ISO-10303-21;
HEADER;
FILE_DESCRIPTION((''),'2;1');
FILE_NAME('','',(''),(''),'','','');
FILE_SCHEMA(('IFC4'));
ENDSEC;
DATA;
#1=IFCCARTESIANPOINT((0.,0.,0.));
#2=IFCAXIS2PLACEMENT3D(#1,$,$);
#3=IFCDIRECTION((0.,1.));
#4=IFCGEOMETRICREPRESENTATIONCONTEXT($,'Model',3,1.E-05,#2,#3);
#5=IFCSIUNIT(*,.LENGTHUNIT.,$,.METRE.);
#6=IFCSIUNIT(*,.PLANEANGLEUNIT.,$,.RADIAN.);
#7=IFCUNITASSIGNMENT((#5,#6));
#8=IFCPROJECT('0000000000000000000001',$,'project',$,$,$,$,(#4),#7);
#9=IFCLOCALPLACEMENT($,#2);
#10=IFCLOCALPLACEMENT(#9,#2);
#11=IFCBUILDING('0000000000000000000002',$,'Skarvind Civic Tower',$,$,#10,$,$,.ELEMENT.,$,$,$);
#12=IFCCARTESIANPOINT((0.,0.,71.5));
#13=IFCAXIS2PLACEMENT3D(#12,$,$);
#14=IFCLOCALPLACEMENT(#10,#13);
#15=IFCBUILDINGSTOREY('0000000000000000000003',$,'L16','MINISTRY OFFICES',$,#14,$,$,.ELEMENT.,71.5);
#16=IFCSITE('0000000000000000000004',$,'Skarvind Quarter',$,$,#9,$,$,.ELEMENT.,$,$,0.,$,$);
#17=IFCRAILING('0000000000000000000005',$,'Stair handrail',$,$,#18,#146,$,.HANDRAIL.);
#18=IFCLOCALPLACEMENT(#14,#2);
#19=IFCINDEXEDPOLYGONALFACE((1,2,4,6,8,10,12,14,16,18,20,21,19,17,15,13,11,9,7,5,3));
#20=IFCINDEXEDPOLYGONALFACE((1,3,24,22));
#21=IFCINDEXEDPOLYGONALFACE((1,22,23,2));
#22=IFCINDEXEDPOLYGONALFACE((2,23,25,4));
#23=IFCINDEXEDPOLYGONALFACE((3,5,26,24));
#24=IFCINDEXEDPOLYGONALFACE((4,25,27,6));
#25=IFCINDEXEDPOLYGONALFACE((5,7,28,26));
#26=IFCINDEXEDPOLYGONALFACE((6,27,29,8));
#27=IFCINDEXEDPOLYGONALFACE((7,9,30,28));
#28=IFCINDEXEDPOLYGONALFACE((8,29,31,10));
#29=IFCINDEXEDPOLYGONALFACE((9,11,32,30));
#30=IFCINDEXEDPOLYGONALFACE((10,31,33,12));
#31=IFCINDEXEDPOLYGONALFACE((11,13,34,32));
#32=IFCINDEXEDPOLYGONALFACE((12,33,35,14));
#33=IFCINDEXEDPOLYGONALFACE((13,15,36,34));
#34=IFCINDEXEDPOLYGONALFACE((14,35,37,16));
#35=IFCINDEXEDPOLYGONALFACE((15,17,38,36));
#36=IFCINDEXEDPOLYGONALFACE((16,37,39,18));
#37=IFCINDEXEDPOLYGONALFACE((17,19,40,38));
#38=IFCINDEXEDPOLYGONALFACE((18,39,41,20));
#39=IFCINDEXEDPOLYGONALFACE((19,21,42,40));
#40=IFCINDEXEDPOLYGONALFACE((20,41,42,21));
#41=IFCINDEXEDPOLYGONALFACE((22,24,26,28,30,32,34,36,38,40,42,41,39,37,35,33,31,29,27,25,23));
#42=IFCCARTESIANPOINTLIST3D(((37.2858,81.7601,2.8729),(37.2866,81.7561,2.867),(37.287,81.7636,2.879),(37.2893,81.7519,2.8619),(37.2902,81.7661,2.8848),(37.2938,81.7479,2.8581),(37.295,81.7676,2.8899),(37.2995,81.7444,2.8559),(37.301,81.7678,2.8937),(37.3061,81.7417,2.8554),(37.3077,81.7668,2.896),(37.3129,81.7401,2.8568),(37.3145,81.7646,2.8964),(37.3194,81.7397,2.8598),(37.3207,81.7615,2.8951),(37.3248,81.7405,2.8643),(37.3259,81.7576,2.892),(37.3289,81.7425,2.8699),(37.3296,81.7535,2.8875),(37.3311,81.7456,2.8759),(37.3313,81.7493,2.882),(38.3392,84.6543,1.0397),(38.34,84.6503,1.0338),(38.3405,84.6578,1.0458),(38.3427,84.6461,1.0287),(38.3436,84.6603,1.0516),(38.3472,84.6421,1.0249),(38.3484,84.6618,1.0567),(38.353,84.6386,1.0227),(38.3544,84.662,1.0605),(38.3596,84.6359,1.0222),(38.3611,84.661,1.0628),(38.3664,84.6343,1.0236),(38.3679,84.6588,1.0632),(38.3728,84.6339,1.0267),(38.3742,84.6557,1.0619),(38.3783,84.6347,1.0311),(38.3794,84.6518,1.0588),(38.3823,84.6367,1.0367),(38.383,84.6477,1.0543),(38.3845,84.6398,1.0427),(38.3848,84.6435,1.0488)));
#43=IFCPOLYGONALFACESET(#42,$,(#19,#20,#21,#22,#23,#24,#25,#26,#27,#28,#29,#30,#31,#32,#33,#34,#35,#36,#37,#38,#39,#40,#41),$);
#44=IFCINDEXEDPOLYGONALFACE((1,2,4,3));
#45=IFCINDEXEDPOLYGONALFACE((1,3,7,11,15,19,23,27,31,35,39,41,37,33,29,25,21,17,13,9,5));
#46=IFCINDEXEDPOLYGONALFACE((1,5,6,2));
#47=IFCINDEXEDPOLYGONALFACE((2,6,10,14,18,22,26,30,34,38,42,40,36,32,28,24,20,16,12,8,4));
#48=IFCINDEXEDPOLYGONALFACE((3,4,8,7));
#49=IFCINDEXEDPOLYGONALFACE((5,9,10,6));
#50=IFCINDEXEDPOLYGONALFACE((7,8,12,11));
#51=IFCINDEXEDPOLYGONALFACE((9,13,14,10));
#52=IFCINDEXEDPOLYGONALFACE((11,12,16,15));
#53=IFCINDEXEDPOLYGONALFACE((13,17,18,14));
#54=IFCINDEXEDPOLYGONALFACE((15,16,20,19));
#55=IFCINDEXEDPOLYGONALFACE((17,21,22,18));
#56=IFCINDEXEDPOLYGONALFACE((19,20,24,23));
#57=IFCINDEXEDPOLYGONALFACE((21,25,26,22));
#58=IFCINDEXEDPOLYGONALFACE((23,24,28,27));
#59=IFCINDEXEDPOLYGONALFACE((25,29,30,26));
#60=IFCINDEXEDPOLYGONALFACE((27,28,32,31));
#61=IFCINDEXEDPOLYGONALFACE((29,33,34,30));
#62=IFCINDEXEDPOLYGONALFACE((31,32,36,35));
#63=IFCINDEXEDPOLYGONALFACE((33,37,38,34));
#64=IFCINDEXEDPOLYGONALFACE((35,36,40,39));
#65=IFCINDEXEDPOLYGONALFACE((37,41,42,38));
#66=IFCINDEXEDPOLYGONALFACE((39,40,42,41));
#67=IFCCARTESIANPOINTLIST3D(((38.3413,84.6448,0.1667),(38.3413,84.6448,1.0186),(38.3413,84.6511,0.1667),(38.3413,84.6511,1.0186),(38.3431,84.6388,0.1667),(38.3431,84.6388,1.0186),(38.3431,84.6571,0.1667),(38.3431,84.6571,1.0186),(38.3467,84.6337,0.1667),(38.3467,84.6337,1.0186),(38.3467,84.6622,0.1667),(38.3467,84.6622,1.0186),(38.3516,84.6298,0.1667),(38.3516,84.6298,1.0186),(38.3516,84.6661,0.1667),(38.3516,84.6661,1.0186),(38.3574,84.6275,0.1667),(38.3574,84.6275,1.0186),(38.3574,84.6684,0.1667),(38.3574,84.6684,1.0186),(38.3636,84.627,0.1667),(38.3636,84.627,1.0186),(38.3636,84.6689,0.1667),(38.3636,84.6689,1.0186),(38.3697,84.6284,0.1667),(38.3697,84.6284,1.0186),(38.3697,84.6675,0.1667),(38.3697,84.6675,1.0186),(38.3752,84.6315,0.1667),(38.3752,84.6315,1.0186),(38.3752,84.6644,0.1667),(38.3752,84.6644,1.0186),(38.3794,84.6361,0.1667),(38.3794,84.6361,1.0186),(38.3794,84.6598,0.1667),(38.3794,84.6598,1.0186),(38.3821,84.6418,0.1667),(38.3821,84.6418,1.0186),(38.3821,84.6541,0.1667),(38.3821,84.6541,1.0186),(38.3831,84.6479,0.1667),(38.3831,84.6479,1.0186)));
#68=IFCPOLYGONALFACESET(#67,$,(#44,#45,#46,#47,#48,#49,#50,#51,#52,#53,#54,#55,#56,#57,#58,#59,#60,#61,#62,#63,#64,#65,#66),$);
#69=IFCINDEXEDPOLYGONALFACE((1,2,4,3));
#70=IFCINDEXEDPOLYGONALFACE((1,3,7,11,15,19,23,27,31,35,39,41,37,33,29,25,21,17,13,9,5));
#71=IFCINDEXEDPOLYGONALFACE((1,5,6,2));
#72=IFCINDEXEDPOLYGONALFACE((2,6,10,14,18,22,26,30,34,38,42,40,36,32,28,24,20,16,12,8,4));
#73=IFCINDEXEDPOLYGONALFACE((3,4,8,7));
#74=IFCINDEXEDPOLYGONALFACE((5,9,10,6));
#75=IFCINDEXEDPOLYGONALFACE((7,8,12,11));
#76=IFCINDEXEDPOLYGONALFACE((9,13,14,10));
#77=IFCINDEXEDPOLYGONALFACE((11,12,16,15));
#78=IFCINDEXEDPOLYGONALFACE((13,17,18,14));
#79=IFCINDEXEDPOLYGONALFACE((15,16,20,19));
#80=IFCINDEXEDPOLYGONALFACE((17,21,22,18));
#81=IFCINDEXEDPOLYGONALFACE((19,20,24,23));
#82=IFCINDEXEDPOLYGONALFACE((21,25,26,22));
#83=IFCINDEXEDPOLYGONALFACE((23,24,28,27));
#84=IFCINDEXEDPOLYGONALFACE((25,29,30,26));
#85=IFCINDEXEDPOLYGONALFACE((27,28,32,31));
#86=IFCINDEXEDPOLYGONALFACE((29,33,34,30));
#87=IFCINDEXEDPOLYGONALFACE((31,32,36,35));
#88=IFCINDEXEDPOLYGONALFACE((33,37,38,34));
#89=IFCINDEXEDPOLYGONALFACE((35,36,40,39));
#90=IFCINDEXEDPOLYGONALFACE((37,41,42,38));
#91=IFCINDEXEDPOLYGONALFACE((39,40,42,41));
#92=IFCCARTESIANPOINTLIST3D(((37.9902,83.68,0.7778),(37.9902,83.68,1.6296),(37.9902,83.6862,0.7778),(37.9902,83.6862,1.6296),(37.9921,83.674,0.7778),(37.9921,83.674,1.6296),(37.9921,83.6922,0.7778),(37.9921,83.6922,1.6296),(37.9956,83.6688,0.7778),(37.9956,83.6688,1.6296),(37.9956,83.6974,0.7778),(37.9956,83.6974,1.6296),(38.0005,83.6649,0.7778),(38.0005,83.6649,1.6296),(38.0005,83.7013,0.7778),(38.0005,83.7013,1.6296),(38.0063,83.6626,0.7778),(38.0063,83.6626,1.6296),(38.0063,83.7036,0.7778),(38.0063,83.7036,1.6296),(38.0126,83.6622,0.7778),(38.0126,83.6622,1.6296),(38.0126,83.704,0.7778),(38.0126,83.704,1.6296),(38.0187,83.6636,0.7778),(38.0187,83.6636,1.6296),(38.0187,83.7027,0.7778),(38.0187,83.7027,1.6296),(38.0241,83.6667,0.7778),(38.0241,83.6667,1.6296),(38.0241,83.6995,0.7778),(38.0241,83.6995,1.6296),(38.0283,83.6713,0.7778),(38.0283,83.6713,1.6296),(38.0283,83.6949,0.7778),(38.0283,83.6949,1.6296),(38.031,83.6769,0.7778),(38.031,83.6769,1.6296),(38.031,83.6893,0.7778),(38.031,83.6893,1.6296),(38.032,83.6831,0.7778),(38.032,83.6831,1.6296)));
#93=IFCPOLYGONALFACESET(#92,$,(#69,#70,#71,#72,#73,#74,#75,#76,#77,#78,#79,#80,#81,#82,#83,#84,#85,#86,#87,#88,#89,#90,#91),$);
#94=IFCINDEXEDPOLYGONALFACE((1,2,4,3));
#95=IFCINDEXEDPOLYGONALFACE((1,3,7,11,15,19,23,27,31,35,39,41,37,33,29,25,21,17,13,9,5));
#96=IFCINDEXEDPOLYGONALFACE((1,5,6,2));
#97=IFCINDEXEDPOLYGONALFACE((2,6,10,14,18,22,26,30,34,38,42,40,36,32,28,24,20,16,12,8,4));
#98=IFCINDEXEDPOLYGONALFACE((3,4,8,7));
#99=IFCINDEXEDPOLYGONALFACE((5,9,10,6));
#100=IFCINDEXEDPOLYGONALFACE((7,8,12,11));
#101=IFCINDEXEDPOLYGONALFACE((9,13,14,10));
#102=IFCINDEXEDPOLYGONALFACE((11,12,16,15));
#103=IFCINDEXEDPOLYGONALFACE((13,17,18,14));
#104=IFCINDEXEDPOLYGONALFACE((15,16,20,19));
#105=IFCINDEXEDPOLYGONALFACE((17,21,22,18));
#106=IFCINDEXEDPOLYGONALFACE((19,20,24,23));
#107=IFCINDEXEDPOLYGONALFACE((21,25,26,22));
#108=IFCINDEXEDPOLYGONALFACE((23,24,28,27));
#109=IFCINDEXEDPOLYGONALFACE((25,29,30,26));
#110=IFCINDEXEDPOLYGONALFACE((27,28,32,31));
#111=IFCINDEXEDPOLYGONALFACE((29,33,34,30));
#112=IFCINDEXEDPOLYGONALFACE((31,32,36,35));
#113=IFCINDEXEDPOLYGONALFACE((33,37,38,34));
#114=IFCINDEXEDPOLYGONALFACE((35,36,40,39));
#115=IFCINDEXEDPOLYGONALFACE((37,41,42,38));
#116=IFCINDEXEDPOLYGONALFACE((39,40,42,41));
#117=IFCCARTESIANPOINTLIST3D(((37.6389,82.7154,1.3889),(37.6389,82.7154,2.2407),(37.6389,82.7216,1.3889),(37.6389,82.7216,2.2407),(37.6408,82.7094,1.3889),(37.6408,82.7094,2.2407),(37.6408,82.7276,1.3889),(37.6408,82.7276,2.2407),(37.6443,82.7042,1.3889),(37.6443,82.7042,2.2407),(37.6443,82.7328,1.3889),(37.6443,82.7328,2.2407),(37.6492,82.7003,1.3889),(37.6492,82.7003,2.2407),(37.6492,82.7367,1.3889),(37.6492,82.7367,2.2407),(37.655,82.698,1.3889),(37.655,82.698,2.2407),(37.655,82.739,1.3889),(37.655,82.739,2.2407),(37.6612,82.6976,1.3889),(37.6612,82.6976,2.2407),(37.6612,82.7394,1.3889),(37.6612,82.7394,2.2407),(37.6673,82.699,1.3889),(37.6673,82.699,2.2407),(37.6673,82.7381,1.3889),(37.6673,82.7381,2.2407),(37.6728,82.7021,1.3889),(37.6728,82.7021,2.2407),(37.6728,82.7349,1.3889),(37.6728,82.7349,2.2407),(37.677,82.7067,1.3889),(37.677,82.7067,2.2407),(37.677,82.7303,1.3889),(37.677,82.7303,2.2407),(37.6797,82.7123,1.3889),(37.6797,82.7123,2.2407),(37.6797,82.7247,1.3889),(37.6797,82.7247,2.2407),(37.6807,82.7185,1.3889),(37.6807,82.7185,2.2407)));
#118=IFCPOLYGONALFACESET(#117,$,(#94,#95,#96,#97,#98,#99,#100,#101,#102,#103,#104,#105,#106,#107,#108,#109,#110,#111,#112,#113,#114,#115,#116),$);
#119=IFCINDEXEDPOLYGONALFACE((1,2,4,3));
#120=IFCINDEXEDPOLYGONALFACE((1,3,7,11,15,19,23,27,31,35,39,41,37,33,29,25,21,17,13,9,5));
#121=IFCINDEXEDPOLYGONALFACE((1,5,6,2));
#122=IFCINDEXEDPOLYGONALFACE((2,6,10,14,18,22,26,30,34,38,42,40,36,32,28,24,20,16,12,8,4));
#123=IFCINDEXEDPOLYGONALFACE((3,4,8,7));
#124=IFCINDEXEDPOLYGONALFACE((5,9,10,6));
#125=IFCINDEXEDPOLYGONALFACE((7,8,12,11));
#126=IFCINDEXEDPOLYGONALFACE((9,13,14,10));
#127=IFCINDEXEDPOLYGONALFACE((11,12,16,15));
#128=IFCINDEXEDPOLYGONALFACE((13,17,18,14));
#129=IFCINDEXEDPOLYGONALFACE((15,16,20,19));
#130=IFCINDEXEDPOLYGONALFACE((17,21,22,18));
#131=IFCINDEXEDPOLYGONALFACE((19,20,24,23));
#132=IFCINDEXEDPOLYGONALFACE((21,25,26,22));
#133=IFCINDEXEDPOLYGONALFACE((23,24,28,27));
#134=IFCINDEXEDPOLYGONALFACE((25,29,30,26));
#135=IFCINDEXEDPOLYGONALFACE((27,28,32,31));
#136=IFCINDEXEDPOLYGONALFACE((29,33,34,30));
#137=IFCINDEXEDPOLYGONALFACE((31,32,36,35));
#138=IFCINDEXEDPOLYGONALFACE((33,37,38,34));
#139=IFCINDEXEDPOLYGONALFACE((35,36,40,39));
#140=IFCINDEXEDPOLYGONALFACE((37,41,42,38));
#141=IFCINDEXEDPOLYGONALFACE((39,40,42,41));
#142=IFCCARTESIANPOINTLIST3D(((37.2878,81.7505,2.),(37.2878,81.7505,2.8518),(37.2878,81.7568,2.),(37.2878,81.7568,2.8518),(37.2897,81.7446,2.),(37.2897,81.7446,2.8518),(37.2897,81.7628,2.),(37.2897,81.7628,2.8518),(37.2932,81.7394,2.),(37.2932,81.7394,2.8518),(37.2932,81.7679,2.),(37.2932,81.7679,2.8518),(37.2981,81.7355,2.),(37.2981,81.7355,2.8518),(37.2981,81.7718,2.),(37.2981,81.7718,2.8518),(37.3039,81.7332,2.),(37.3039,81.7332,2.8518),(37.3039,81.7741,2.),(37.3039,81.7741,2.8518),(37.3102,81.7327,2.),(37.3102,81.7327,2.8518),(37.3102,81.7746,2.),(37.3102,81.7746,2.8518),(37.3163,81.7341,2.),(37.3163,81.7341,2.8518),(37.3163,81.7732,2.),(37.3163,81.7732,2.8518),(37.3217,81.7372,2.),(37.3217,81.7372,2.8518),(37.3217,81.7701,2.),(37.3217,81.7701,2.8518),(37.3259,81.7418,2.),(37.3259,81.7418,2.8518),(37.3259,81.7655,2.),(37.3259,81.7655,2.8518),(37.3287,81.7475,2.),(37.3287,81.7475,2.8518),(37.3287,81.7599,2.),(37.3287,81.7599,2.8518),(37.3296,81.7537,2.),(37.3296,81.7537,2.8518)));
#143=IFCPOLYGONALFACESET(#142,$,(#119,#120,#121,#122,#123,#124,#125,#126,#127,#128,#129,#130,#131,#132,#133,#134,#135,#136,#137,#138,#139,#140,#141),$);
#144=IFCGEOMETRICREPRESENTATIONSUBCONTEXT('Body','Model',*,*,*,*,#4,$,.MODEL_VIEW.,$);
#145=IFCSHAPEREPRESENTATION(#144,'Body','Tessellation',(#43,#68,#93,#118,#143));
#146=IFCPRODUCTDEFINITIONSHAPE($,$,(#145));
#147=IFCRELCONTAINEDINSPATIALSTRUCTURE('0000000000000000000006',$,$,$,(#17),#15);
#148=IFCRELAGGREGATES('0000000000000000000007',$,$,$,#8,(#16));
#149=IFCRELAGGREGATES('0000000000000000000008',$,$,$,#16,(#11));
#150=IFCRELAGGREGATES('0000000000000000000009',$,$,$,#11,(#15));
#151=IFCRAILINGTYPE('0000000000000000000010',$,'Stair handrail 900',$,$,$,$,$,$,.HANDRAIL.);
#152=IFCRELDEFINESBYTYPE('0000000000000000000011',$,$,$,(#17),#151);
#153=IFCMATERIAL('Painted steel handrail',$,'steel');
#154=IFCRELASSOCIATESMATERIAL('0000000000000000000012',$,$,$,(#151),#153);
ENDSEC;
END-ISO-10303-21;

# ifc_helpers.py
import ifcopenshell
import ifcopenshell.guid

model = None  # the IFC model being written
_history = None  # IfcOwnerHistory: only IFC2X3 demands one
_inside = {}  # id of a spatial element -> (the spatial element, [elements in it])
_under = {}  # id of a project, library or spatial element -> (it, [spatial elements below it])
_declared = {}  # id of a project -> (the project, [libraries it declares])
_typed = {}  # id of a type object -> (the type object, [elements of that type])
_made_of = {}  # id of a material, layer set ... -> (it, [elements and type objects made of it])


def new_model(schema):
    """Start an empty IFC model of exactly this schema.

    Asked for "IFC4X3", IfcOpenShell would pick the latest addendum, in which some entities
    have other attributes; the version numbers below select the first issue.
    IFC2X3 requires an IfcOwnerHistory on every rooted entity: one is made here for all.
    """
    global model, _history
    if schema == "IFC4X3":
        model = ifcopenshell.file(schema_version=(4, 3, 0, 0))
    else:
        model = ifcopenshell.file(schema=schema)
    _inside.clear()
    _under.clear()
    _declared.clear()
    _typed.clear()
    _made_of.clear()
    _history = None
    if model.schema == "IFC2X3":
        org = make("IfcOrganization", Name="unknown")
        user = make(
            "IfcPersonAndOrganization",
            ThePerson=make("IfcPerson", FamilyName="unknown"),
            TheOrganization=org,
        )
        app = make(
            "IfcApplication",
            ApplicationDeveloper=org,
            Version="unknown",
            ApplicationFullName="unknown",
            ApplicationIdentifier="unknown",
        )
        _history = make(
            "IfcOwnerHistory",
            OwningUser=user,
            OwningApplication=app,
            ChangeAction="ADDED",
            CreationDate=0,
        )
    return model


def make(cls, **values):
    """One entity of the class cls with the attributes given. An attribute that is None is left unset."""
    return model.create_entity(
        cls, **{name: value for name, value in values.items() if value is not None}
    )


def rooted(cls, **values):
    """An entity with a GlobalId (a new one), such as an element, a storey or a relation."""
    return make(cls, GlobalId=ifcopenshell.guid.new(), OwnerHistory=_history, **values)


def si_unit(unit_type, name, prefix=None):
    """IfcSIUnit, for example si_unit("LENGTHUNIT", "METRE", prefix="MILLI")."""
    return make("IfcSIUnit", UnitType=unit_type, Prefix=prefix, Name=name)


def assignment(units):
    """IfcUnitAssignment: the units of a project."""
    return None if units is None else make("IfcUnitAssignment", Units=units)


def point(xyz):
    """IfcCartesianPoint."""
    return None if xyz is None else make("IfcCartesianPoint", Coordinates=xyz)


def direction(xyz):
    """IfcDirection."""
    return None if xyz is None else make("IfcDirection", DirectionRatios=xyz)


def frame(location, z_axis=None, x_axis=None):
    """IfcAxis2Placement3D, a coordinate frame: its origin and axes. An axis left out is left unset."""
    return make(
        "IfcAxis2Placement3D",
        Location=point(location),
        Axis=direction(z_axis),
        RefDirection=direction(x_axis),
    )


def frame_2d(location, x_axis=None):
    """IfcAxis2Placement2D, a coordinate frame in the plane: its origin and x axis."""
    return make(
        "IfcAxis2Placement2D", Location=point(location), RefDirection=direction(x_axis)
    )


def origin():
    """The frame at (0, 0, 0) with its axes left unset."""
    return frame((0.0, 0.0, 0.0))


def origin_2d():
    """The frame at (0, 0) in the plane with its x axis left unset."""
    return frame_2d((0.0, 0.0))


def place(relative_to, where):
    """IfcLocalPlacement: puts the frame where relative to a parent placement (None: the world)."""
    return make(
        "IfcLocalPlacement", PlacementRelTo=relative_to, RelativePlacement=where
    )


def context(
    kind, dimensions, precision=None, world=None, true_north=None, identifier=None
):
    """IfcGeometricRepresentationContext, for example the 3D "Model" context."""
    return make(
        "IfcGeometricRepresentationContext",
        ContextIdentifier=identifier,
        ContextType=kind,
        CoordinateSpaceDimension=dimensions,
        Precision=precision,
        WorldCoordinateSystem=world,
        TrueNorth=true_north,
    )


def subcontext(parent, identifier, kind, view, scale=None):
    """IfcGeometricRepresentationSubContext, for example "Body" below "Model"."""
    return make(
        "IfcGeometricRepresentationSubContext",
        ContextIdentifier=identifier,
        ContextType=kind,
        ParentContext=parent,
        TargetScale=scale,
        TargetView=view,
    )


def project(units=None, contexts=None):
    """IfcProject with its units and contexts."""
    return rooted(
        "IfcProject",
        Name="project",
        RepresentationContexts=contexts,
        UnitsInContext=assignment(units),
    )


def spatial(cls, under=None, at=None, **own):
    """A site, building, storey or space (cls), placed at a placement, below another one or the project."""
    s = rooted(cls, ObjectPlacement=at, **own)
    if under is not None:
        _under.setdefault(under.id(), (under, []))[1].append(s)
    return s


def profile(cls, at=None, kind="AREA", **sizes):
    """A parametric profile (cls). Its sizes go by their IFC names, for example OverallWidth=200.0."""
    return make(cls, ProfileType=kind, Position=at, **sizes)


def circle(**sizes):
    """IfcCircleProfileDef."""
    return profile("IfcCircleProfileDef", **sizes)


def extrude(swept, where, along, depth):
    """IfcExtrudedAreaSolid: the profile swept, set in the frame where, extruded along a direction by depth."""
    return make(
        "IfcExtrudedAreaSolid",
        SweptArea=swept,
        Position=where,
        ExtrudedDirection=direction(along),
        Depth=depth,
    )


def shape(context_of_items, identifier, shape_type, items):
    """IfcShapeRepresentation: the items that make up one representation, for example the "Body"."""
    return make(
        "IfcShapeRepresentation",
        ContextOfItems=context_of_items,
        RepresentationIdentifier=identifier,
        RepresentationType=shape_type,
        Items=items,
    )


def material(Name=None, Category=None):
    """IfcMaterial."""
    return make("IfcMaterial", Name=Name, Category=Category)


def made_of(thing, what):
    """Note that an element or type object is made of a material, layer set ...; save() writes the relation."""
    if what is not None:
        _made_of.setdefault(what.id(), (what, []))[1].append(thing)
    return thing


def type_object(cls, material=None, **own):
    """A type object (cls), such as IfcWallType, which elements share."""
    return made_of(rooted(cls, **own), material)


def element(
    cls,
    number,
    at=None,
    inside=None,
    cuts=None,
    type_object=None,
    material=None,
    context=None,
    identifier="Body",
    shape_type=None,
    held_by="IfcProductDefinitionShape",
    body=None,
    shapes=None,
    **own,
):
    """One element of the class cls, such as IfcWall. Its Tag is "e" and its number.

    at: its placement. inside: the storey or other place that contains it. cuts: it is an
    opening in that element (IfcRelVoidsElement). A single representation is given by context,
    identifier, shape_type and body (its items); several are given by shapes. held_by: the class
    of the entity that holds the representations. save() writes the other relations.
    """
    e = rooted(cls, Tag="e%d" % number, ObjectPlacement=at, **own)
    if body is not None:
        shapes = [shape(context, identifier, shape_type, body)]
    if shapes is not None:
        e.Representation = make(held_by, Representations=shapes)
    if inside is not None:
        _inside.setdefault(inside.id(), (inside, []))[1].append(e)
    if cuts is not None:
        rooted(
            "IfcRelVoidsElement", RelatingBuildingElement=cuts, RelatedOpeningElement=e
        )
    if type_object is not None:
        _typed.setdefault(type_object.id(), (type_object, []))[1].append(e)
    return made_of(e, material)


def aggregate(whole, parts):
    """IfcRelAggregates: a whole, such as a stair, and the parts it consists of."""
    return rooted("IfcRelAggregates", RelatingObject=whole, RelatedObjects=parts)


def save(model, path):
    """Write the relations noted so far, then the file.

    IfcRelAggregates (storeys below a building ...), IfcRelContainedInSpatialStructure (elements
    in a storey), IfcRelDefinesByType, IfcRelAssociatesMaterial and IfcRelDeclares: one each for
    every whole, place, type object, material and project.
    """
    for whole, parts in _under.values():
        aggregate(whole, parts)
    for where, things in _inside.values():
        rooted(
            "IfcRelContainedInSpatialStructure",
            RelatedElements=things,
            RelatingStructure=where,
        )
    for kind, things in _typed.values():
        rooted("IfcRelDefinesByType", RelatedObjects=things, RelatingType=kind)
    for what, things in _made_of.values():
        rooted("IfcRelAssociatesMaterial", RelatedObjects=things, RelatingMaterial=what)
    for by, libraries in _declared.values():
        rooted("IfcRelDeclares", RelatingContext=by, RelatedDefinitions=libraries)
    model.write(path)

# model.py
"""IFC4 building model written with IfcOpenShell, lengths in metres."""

from ifc_helpers import new_model, si_unit, direction, frame, origin, origin_2d, place, context, subcontext, project, spatial, circle, extrude, material, type_object, element, save


model = new_model("IFC4")

# Units and contexts
model_context = context("Model", 3, precision=1e-05, world=origin(), true_north=direction((0.0, 1.0)))
body_context = subcontext(model_context, "Body", "Model", "MODEL_VIEW")
ifc_project = project(units=[si_unit("LENGTHUNIT", "METRE"), si_unit("PLANEANGLEUNIT", "RADIAN")], contexts=[model_context])

# Site, building, storey
site_placement = place(None, origin())
site = spatial("IfcSite", under=ifc_project, at=site_placement, Name="Skarvind Quarter", CompositionType="ELEMENT", RefElevation=0.0)
building_placement = place(site_placement, origin())
building = spatial("IfcBuilding", under=site, at=building_placement, Name="Skarvind Civic Tower", CompositionType="ELEMENT")
storey_placement = place(building_placement, frame((0.0, 0.0, 71.5)))
storey = spatial("IfcBuildingStorey", under=building, at=storey_placement, Name="L16", Description="MINISTRY OFFICES", CompositionType="ELEMENT", Elevation=71.5)

# Railing
ifc_material_1 = material(Name="Painted steel handrail", Category="steel")
railing_type = type_object("IfcRailingType", Name="Stair handrail 900", PredefinedType="HANDRAIL", material=ifc_material_1)
railing_1_placement = place(storey_placement, frame((38.3621, 84.6479, 0.1667)))
element("IfcRailing", 1, at=railing_1_placement, inside=storey, type_object=railing_type, Name="Stair handrail", PredefinedType="HANDRAIL", context=body_context, shape_type="SweptSolid", body=[
    extrude(circle(Radius=0.0239, at=origin_2d()), frame((0.0, 0.0, 0.876), z_axis=(-0.293908, -0.807481, 0.511461), x_axis=(0.939689, -0.342029, 0.0)), (0.0, 0.0, 1.0), 3.5842),
    extrude(circle(Radius=0.021, at=origin_2d()), origin(), (0.0, 0.0, 1.0), 0.8518),
    extrude(circle(Radius=0.021, at=origin_2d()), frame((-0.3511, -0.9648, 0.6111)), (0.0, 0.0, 1.0), 0.8518),
    extrude(circle(Radius=0.021, at=origin_2d()), frame((-0.7024, -1.9294, 1.2222)), (0.0, 0.0, 1.0), 0.8518),
    extrude(circle(Radius=0.021, at=origin_2d()), frame((-1.0535, -2.8943, 1.8333)), (0.0, 0.0, 1.0), 0.8518),
])

save(model, "model.ifc")
